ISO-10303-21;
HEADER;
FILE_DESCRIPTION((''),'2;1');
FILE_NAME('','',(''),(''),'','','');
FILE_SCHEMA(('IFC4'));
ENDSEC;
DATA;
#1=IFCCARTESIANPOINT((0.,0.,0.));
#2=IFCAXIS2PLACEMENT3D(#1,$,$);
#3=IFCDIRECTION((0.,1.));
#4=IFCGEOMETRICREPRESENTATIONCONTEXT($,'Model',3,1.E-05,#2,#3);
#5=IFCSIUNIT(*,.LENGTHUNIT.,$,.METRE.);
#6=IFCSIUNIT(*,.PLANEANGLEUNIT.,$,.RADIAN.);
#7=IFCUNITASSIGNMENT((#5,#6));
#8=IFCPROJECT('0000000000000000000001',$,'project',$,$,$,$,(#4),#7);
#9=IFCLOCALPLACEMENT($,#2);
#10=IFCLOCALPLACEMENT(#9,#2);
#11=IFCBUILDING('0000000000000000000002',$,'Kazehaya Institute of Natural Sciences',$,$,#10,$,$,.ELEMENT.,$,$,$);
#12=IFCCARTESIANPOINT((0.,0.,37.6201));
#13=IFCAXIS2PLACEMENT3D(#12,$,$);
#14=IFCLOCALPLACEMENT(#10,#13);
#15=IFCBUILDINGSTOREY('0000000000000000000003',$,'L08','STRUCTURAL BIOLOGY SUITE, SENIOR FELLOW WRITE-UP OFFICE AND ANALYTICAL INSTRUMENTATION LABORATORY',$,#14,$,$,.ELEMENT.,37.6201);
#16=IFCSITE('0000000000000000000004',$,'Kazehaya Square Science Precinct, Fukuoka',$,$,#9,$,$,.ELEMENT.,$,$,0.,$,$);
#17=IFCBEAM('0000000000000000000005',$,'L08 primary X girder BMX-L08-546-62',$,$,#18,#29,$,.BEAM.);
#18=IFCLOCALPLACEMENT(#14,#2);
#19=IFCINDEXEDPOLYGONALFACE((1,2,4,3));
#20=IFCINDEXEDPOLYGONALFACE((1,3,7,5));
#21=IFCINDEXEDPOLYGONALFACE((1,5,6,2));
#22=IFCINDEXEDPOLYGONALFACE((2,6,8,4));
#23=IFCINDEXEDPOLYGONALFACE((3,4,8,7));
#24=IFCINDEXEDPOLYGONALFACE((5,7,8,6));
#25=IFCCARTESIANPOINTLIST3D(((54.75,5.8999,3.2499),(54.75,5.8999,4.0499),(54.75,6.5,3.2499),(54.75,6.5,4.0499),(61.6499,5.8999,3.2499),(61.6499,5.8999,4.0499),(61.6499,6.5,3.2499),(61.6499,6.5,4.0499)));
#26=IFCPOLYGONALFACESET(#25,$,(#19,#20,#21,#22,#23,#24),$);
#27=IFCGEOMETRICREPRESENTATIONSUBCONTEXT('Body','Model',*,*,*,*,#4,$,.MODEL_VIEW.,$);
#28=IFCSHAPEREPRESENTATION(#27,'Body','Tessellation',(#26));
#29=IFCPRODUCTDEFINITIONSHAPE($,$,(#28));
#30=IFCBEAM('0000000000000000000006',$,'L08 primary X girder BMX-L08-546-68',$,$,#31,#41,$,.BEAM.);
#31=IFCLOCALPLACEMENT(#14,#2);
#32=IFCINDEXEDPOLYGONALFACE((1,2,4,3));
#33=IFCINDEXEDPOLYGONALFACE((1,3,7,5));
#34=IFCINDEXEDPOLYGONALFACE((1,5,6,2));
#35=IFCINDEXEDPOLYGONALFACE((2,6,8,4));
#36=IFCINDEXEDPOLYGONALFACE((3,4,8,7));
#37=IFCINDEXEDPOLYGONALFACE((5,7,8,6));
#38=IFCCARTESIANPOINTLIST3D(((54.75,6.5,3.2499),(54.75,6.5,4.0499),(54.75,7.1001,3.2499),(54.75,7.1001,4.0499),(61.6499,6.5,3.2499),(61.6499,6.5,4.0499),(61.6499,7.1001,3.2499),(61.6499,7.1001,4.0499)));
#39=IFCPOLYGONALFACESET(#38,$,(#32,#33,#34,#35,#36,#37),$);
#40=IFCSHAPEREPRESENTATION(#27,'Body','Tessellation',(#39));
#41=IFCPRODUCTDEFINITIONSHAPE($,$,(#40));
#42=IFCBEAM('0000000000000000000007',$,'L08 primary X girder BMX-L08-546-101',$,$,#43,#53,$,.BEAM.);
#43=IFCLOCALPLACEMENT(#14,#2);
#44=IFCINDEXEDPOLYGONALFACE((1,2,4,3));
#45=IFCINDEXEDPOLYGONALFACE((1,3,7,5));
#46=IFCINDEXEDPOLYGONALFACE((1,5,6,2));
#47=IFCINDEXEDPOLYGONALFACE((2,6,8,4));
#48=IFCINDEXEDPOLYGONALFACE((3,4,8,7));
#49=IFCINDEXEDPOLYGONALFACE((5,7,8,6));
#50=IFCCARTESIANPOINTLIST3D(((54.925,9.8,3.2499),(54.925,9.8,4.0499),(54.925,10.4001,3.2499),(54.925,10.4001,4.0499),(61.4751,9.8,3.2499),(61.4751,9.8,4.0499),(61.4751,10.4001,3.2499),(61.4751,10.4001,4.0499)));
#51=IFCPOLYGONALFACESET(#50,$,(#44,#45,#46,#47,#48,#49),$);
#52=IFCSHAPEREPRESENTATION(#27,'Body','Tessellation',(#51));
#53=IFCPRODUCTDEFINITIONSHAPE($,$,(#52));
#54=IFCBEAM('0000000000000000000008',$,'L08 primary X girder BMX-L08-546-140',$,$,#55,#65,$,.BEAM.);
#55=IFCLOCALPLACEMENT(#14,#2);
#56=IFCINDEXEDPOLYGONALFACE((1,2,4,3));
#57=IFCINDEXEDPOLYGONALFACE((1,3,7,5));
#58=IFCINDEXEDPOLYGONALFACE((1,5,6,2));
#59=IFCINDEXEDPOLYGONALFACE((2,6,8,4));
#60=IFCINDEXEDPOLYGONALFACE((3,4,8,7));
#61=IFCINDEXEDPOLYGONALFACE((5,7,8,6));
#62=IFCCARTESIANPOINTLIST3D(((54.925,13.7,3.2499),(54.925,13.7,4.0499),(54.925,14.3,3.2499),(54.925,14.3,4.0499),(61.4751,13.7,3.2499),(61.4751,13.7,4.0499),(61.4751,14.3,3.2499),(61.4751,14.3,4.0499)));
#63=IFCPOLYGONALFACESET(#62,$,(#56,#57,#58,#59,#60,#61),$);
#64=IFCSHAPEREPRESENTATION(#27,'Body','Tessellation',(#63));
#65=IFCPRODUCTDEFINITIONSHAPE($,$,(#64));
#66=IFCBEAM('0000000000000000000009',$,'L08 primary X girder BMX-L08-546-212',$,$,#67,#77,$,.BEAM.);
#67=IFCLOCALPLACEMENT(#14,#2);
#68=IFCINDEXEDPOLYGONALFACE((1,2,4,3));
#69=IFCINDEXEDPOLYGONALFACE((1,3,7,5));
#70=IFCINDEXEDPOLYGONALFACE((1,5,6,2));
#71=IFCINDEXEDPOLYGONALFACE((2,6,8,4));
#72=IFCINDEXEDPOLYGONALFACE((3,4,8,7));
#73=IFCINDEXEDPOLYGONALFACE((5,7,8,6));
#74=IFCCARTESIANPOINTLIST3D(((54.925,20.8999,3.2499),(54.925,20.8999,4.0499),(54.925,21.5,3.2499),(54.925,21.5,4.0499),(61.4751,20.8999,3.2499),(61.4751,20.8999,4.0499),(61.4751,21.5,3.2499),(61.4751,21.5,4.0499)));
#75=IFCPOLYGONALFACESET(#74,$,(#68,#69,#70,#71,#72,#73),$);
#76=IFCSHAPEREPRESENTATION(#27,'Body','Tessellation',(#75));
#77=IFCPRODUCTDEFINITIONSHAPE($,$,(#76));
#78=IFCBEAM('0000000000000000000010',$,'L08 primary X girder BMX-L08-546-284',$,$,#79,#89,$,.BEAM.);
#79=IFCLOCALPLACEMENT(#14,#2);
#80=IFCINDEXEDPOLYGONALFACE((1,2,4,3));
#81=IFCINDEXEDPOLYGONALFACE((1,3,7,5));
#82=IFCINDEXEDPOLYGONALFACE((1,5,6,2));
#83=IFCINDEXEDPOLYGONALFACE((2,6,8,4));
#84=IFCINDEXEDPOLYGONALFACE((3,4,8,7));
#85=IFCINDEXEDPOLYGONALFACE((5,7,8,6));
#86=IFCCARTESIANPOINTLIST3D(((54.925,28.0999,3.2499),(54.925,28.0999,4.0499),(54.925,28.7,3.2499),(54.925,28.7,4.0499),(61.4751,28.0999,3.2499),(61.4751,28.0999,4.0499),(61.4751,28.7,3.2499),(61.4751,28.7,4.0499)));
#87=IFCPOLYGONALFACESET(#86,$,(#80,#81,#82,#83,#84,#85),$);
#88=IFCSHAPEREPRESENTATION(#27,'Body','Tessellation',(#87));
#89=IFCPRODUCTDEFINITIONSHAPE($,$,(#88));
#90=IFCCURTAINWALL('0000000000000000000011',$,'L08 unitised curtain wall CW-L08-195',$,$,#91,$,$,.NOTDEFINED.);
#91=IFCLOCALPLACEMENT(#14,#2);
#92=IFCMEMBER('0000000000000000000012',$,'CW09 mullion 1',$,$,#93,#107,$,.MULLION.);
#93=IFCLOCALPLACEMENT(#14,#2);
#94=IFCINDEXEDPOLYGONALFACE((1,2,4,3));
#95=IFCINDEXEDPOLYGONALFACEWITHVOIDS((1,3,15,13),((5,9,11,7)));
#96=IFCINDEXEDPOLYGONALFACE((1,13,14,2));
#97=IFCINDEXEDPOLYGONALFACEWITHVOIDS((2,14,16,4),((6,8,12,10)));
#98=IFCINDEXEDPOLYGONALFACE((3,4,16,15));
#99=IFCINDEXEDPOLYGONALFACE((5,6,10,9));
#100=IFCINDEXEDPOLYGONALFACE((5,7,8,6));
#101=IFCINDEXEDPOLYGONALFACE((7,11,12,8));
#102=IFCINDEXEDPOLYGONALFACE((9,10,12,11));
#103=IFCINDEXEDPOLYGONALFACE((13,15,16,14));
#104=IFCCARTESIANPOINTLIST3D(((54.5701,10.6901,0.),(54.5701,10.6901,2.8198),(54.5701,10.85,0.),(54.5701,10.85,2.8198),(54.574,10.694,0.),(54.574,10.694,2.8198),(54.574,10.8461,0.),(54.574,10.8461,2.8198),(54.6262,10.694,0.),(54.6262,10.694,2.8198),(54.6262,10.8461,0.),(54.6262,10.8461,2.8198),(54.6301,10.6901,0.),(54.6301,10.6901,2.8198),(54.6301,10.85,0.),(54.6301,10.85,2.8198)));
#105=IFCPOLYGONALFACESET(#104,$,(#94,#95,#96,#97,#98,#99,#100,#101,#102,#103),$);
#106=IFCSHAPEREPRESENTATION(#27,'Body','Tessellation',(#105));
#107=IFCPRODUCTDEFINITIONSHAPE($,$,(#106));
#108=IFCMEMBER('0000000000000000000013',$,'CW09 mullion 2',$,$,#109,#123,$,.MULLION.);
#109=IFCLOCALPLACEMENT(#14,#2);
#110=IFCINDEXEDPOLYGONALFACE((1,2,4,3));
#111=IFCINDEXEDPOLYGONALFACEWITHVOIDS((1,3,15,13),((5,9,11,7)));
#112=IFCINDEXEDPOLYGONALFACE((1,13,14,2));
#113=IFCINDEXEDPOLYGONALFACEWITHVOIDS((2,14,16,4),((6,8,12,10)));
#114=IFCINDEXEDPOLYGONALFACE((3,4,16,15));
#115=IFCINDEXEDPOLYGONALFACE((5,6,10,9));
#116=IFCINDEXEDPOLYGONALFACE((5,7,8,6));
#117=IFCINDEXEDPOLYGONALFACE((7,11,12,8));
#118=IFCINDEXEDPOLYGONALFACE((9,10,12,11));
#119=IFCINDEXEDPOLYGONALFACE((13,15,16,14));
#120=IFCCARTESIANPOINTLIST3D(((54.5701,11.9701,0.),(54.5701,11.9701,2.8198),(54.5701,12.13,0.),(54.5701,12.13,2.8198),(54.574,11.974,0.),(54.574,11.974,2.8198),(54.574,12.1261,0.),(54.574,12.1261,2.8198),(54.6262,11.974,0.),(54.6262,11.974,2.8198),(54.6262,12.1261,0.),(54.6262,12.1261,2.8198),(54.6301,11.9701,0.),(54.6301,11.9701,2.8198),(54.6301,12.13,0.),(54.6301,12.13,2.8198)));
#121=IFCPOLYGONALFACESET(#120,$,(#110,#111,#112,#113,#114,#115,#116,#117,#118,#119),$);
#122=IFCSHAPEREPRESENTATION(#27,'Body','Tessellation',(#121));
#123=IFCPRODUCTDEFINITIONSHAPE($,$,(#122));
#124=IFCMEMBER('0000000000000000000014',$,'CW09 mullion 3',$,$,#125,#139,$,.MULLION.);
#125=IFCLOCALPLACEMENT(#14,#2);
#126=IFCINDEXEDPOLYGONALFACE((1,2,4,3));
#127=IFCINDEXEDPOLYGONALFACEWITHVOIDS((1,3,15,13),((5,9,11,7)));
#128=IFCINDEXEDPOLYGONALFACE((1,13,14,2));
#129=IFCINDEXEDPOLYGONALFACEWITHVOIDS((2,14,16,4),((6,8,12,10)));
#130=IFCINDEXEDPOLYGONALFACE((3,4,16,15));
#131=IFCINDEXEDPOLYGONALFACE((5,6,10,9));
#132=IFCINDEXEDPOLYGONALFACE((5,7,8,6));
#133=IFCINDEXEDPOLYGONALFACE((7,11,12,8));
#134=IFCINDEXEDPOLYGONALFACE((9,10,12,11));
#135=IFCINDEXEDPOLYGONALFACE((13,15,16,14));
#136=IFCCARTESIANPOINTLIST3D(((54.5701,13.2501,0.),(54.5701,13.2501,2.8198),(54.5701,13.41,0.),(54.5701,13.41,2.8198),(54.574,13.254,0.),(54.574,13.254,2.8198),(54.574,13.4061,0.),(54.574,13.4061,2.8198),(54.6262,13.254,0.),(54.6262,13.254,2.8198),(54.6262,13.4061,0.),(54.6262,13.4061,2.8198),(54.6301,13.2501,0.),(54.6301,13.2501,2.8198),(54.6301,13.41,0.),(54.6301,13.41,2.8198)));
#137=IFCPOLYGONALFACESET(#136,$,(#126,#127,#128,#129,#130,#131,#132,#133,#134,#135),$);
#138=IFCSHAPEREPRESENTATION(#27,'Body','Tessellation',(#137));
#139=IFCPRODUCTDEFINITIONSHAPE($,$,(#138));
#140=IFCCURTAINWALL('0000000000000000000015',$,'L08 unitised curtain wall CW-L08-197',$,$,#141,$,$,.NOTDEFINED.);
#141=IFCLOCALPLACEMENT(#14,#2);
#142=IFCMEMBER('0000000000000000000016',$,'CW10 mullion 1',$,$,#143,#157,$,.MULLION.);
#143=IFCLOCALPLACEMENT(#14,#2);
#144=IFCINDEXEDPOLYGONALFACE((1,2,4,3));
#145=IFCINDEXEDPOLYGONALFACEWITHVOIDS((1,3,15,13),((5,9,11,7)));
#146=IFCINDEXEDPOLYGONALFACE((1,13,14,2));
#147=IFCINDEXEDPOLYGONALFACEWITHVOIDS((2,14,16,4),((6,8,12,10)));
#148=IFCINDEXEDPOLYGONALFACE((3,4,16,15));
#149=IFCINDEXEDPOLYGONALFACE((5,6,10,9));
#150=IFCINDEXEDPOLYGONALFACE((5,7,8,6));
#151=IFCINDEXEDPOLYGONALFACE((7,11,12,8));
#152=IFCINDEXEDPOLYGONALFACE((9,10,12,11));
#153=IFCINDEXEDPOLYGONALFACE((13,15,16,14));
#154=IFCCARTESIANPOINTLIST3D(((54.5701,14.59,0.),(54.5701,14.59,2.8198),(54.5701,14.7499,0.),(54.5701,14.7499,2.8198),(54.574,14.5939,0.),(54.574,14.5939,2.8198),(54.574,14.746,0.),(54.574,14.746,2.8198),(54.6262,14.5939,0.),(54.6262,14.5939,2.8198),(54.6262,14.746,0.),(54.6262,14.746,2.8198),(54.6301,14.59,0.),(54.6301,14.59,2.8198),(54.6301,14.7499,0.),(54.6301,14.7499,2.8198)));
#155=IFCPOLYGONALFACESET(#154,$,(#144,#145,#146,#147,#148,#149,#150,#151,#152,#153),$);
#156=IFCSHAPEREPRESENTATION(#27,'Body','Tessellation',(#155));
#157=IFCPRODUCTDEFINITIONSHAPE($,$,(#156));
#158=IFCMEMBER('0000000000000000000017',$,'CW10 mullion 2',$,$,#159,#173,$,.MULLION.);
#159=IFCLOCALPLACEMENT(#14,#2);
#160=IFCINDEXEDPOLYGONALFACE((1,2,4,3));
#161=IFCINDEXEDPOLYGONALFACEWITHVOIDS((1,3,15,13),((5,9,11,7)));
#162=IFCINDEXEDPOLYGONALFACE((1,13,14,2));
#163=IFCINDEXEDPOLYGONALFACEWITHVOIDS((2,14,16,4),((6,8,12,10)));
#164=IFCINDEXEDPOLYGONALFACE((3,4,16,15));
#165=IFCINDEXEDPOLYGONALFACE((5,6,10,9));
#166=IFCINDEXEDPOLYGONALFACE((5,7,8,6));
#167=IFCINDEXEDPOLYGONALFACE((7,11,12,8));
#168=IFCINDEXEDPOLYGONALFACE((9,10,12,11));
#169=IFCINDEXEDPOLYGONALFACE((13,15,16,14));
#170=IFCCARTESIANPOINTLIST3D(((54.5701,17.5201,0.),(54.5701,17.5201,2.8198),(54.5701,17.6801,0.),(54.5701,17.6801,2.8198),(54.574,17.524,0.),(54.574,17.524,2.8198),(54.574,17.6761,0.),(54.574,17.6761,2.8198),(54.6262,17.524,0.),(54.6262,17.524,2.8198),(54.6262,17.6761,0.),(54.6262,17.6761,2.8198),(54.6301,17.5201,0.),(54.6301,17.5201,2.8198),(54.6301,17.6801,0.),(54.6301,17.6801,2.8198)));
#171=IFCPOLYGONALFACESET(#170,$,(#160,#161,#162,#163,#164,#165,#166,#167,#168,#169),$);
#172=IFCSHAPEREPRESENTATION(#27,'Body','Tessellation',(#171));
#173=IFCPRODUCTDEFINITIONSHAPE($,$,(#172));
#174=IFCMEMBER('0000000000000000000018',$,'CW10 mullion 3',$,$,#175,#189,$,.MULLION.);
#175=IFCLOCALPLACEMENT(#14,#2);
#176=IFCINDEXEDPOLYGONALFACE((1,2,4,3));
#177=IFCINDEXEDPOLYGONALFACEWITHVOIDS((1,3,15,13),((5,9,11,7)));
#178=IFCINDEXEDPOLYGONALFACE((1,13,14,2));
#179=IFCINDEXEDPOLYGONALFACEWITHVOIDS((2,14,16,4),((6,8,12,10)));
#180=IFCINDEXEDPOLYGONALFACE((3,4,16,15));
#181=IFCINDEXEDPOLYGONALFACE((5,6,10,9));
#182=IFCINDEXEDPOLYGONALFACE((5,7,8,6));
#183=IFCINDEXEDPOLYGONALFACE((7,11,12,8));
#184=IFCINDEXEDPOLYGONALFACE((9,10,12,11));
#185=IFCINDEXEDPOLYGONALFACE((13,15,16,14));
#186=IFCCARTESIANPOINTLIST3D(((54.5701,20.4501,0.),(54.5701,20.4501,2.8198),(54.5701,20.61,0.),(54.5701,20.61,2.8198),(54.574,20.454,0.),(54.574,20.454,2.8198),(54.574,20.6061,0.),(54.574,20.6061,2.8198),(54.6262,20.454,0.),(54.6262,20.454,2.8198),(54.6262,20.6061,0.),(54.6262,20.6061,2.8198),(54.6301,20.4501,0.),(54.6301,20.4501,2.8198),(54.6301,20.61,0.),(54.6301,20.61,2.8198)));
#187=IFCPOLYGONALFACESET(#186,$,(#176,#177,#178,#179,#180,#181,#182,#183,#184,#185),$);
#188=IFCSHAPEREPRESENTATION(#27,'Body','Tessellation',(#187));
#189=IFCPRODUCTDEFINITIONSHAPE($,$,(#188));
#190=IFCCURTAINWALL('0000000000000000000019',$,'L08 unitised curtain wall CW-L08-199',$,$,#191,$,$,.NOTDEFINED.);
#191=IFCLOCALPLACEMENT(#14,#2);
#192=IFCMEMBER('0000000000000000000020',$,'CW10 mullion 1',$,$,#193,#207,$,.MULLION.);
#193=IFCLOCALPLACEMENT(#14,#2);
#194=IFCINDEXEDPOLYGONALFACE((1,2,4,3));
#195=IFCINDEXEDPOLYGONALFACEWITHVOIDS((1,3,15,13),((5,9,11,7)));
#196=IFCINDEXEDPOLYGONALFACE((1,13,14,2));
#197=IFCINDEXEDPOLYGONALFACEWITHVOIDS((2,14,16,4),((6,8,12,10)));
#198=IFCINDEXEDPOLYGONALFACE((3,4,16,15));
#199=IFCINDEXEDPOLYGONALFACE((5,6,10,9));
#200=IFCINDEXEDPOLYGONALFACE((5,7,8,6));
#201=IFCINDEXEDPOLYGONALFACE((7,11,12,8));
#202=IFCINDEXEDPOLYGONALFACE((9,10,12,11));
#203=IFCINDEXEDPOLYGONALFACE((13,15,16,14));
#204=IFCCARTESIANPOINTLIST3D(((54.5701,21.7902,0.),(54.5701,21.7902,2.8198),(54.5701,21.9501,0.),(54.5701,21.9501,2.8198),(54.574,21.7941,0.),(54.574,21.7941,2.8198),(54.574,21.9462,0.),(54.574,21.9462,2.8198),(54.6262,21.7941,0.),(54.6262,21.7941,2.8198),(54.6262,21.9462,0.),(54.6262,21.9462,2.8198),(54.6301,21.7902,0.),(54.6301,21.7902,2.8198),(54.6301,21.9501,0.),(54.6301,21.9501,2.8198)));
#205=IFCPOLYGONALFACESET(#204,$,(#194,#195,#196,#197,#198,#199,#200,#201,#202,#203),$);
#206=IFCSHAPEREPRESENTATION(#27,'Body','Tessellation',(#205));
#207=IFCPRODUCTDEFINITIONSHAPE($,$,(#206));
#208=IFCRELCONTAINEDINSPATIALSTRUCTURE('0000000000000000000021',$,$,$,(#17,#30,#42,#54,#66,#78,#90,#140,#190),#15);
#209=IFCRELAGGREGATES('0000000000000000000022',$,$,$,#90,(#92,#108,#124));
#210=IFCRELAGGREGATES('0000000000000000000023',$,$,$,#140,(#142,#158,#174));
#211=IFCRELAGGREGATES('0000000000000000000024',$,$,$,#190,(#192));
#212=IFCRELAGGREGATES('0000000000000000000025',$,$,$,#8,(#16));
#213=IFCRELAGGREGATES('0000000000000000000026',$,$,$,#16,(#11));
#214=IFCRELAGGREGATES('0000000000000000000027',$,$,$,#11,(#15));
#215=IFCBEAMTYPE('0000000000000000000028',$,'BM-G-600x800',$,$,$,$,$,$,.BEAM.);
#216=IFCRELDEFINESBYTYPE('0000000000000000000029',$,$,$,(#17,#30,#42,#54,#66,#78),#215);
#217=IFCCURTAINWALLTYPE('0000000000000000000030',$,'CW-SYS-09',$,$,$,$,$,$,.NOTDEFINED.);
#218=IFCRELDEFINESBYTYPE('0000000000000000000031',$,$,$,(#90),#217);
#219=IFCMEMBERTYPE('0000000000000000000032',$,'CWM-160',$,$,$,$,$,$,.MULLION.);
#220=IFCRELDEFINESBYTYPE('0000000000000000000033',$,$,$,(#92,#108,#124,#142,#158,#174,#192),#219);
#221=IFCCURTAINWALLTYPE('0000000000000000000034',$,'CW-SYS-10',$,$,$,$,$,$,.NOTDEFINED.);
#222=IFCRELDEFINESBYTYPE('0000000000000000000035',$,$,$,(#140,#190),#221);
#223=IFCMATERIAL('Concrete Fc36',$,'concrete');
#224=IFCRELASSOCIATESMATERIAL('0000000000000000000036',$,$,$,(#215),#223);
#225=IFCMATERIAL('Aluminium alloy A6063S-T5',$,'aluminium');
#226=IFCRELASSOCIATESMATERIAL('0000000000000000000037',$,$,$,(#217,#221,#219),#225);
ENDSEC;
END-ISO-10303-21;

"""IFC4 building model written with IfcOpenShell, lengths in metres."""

from ifc_helpers import new_model, si_unit, direction, frame, origin, origin_2d, place, context, subcontext, project, spatial, rectangle, hollow_rectangle, extrude, material, material_profile, profile_set, type_object, element, aggregate, save


model = new_model("IFC4")

# Units and contexts
model_context = context("Model", 3, precision=1e-05, world=origin(), true_north=direction((0.0, 1.0)))
body_context = subcontext(model_context, "Body", "Model", "MODEL_VIEW")
ifc_project = project(units=[si_unit("LENGTHUNIT", "METRE"), si_unit("PLANEANGLEUNIT", "RADIAN")], contexts=[model_context])

# Site, building, storey
site_placement = place(None, origin())
site = spatial("IfcSite", under=ifc_project, at=site_placement, Name="Kazehaya Square Science Precinct, Fukuoka", CompositionType="ELEMENT", RefElevation=0.0)
building_placement = place(site_placement, origin())
building = spatial("IfcBuilding", under=site, at=building_placement, Name="Kazehaya Institute of Natural Sciences", CompositionType="ELEMENT")
storey_placement = place(building_placement, frame((0.0, 0.0, 37.6201)))
storey = spatial("IfcBuildingStorey", under=building, at=storey_placement, Name="L08", Description="STRUCTURAL BIOLOGY SUITE, SENIOR FELLOW WRITE-UP OFFICE AND ANALYTICAL INSTRUMENTATION LABORATORY", CompositionType="ELEMENT", Elevation=37.6201)

# Beams
ifc_material_1 = material(Name="Concrete Fc36", Category="concrete")
ifc_material_profile_1 = material_profile(ifc_material_1, rectangle(XDim=0.6001, YDim=0.8, at=origin_2d()), Name="RC-600x800")
ifc_profile_set_1 = profile_set([ifc_material_profile_1], Name="Concrete Fc36")
beam_type = type_object("IfcBeamType", Name="BM-G-600x800", PredefinedType="BEAM", material=ifc_profile_set_1)
for number, where, z_axis, x_axis, name in (
    (1, (54.75, 6.2, 3.6499), (1.0, 0.0, 0.0), (0.0, 1.0, 0.0), "L08 primary X girder BMX-L08-546-62"),
    (2, (54.75, 6.8, 3.6499), (1.0, 0.0, 0.0), (0.0, 1.0, 0.0), "L08 primary X girder BMX-L08-546-68"),
):
    element("IfcBeam", number, at=place(storey_placement, frame(where, z_axis=z_axis, x_axis=x_axis)), inside=storey, type_object=beam_type, Name=name, PredefinedType="BEAM", context=body_context, shape_type="SweptSolid", body=[
        extrude(rectangle(XDim=0.6001, YDim=0.8, at=origin_2d()), origin(), (0.0, 0.0, 1.0), 6.8999),
    ])
for number, where, z_axis, x_axis, name in (
    (3, (54.925, 10.1001, 3.6499), (1.0, 0.0, 0.0), (0.0, 1.0, 0.0), "L08 primary X girder BMX-L08-546-101"),
    (4, (54.925, 14.0, 3.6499), (1.0, 0.0, 0.0), (0.0, 1.0, 0.0), "L08 primary X girder BMX-L08-546-140"),
    (5, (54.925, 21.2, 3.6499), (1.0, 0.0, 0.0), (0.0, 1.0, 0.0), "L08 primary X girder BMX-L08-546-212"),
    (6, (54.925, 28.3999, 3.6499), (1.0, 0.0, 0.0), (0.0, 1.0, 0.0), "L08 primary X girder BMX-L08-546-284"),
):
    element("IfcBeam", number, at=place(storey_placement, frame(where, z_axis=z_axis, x_axis=x_axis)), inside=storey, type_object=beam_type, Name=name, PredefinedType="BEAM", context=body_context, shape_type="SweptSolid", body=[
        extrude(rectangle(XDim=0.6001, YDim=0.8, at=origin_2d()), origin(), (0.0, 0.0, 1.0), 6.55),
    ])

# Curtain walls, members
ifc_material_2 = material(Name="Aluminium alloy A6063S-T5", Category="aluminium")
curtain_wall_type_1 = type_object("IfcCurtainWallType", Name="CW-SYS-09", PredefinedType="NOTDEFINED", material=ifc_material_2)
curtain_wall_1_placement = place(storey_placement, origin())
curtain_wall_1 = element("IfcCurtainWall", 7, at=curtain_wall_1_placement, inside=storey, type_object=curtain_wall_type_1, Name="L08 unitised curtain wall CW-L08-195", PredefinedType="NOTDEFINED")
ifc_material_profile_2 = material_profile(ifc_material_2, hollow_rectangle(XDim=0.0601, YDim=0.1599, WallThickness=0.0039, at=origin_2d()), Name="ALU-60x160x4")
ifc_profile_set_2 = profile_set([ifc_material_profile_2], Name="Aluminium alloy A6063S-T5")
member_type_1 = type_object("IfcMemberType", Name="CWM-160", PredefinedType="MULLION", material=ifc_profile_set_2)
member_1_placement = place(storey_placement, frame((54.6001, 10.77, 0.0), z_axis=(0.0, 0.0, 1.0), x_axis=(-1.0, 0.0, 0.0)))
member_1 = element("IfcMember", 8, at=member_1_placement, type_object=member_type_1, Name="CW09 mullion 1", PredefinedType="MULLION", context=body_context, shape_type="SweptSolid", body=[
    extrude(hollow_rectangle(XDim=0.0601, YDim=0.1599, WallThickness=0.0039, at=origin_2d()), origin(), (0.0, 0.0, 1.0), 2.8198),
])
member_2_placement = place(storey_placement, frame((54.6001, 12.05, 0.0), z_axis=(0.0, 0.0, 1.0), x_axis=(-1.0, 0.0, 0.0)))
member_2 = element("IfcMember", 9, at=member_2_placement, type_object=member_type_1, Name="CW09 mullion 2", PredefinedType="MULLION", context=body_context, shape_type="SweptSolid", body=[
    extrude(hollow_rectangle(XDim=0.0601, YDim=0.1599, WallThickness=0.0039, at=origin_2d()), origin(), (0.0, 0.0, 1.0), 2.8198),
])
member_3_placement = place(storey_placement, frame((54.6001, 13.3301, 0.0), z_axis=(0.0, 0.0, 1.0), x_axis=(-1.0, 0.0, 0.0)))
member_3 = element("IfcMember", 10, at=member_3_placement, type_object=member_type_1, Name="CW09 mullion 3", PredefinedType="MULLION", context=body_context, shape_type="SweptSolid", body=[
    extrude(hollow_rectangle(XDim=0.0601, YDim=0.1599, WallThickness=0.0039, at=origin_2d()), origin(), (0.0, 0.0, 1.0), 2.8198),
])
curtain_wall_type_2 = type_object("IfcCurtainWallType", Name="CW-SYS-10", PredefinedType="NOTDEFINED", material=ifc_material_2)
curtain_wall_2_placement = place(storey_placement, origin())
curtain_wall_2 = element("IfcCurtainWall", 11, at=curtain_wall_2_placement, inside=storey, type_object=curtain_wall_type_2, Name="L08 unitised curtain wall CW-L08-197", PredefinedType="NOTDEFINED")
member_4_placement = place(storey_placement, frame((54.6001, 14.6699, 0.0), z_axis=(0.0, 0.0, 1.0), x_axis=(-1.0, 0.0, 0.0)))
member_4 = element("IfcMember", 12, at=member_4_placement, type_object=member_type_1, Name="CW10 mullion 1", PredefinedType="MULLION", context=body_context, shape_type="SweptSolid", body=[
    extrude(hollow_rectangle(XDim=0.0601, YDim=0.1599, WallThickness=0.0039, at=origin_2d()), origin(), (0.0, 0.0, 1.0), 2.8198),
])
member_5_placement = place(storey_placement, frame((54.6001, 17.6001, 0.0), z_axis=(0.0, 0.0, 1.0), x_axis=(-1.0, 0.0, 0.0)))
member_5 = element("IfcMember", 13, at=member_5_placement, type_object=member_type_1, Name="CW10 mullion 2", PredefinedType="MULLION", context=body_context, shape_type="SweptSolid", body=[
    extrude(hollow_rectangle(XDim=0.0601, YDim=0.1599, WallThickness=0.0039, at=origin_2d()), origin(), (0.0, 0.0, 1.0), 2.8198),
])
member_6_placement = place(storey_placement, frame((54.6001, 20.53, 0.0), z_axis=(0.0, 0.0, 1.0), x_axis=(-1.0, 0.0, 0.0)))
member_6 = element("IfcMember", 14, at=member_6_placement, type_object=member_type_1, Name="CW10 mullion 3", PredefinedType="MULLION", context=body_context, shape_type="SweptSolid", body=[
    extrude(hollow_rectangle(XDim=0.0601, YDim=0.1599, WallThickness=0.0039, at=origin_2d()), origin(), (0.0, 0.0, 1.0), 2.8198),
])
curtain_wall_3_placement = place(storey_placement, origin())
curtain_wall_3 = element("IfcCurtainWall", 15, at=curtain_wall_3_placement, inside=storey, type_object=curtain_wall_type_2, Name="L08 unitised curtain wall CW-L08-199", PredefinedType="NOTDEFINED")
member_7_placement = place(storey_placement, frame((54.6001, 21.8701, 0.0), z_axis=(0.0, 0.0, 1.0), x_axis=(-1.0, 0.0, 0.0)))
member_7 = element("IfcMember", 16, at=member_7_placement, type_object=member_type_1, Name="CW10 mullion 1", PredefinedType="MULLION", context=body_context, shape_type="SweptSolid", body=[
    extrude(hollow_rectangle(XDim=0.0601, YDim=0.1599, WallThickness=0.0039, at=origin_2d()), origin(), (0.0, 0.0, 1.0), 2.8198),
])

aggregate(curtain_wall_1, [member_1, member_2, member_3])
aggregate(curtain_wall_2, [member_4, member_5, member_6])
aggregate(curtain_wall_3, [member_7])

save(model, "model.ifc")
